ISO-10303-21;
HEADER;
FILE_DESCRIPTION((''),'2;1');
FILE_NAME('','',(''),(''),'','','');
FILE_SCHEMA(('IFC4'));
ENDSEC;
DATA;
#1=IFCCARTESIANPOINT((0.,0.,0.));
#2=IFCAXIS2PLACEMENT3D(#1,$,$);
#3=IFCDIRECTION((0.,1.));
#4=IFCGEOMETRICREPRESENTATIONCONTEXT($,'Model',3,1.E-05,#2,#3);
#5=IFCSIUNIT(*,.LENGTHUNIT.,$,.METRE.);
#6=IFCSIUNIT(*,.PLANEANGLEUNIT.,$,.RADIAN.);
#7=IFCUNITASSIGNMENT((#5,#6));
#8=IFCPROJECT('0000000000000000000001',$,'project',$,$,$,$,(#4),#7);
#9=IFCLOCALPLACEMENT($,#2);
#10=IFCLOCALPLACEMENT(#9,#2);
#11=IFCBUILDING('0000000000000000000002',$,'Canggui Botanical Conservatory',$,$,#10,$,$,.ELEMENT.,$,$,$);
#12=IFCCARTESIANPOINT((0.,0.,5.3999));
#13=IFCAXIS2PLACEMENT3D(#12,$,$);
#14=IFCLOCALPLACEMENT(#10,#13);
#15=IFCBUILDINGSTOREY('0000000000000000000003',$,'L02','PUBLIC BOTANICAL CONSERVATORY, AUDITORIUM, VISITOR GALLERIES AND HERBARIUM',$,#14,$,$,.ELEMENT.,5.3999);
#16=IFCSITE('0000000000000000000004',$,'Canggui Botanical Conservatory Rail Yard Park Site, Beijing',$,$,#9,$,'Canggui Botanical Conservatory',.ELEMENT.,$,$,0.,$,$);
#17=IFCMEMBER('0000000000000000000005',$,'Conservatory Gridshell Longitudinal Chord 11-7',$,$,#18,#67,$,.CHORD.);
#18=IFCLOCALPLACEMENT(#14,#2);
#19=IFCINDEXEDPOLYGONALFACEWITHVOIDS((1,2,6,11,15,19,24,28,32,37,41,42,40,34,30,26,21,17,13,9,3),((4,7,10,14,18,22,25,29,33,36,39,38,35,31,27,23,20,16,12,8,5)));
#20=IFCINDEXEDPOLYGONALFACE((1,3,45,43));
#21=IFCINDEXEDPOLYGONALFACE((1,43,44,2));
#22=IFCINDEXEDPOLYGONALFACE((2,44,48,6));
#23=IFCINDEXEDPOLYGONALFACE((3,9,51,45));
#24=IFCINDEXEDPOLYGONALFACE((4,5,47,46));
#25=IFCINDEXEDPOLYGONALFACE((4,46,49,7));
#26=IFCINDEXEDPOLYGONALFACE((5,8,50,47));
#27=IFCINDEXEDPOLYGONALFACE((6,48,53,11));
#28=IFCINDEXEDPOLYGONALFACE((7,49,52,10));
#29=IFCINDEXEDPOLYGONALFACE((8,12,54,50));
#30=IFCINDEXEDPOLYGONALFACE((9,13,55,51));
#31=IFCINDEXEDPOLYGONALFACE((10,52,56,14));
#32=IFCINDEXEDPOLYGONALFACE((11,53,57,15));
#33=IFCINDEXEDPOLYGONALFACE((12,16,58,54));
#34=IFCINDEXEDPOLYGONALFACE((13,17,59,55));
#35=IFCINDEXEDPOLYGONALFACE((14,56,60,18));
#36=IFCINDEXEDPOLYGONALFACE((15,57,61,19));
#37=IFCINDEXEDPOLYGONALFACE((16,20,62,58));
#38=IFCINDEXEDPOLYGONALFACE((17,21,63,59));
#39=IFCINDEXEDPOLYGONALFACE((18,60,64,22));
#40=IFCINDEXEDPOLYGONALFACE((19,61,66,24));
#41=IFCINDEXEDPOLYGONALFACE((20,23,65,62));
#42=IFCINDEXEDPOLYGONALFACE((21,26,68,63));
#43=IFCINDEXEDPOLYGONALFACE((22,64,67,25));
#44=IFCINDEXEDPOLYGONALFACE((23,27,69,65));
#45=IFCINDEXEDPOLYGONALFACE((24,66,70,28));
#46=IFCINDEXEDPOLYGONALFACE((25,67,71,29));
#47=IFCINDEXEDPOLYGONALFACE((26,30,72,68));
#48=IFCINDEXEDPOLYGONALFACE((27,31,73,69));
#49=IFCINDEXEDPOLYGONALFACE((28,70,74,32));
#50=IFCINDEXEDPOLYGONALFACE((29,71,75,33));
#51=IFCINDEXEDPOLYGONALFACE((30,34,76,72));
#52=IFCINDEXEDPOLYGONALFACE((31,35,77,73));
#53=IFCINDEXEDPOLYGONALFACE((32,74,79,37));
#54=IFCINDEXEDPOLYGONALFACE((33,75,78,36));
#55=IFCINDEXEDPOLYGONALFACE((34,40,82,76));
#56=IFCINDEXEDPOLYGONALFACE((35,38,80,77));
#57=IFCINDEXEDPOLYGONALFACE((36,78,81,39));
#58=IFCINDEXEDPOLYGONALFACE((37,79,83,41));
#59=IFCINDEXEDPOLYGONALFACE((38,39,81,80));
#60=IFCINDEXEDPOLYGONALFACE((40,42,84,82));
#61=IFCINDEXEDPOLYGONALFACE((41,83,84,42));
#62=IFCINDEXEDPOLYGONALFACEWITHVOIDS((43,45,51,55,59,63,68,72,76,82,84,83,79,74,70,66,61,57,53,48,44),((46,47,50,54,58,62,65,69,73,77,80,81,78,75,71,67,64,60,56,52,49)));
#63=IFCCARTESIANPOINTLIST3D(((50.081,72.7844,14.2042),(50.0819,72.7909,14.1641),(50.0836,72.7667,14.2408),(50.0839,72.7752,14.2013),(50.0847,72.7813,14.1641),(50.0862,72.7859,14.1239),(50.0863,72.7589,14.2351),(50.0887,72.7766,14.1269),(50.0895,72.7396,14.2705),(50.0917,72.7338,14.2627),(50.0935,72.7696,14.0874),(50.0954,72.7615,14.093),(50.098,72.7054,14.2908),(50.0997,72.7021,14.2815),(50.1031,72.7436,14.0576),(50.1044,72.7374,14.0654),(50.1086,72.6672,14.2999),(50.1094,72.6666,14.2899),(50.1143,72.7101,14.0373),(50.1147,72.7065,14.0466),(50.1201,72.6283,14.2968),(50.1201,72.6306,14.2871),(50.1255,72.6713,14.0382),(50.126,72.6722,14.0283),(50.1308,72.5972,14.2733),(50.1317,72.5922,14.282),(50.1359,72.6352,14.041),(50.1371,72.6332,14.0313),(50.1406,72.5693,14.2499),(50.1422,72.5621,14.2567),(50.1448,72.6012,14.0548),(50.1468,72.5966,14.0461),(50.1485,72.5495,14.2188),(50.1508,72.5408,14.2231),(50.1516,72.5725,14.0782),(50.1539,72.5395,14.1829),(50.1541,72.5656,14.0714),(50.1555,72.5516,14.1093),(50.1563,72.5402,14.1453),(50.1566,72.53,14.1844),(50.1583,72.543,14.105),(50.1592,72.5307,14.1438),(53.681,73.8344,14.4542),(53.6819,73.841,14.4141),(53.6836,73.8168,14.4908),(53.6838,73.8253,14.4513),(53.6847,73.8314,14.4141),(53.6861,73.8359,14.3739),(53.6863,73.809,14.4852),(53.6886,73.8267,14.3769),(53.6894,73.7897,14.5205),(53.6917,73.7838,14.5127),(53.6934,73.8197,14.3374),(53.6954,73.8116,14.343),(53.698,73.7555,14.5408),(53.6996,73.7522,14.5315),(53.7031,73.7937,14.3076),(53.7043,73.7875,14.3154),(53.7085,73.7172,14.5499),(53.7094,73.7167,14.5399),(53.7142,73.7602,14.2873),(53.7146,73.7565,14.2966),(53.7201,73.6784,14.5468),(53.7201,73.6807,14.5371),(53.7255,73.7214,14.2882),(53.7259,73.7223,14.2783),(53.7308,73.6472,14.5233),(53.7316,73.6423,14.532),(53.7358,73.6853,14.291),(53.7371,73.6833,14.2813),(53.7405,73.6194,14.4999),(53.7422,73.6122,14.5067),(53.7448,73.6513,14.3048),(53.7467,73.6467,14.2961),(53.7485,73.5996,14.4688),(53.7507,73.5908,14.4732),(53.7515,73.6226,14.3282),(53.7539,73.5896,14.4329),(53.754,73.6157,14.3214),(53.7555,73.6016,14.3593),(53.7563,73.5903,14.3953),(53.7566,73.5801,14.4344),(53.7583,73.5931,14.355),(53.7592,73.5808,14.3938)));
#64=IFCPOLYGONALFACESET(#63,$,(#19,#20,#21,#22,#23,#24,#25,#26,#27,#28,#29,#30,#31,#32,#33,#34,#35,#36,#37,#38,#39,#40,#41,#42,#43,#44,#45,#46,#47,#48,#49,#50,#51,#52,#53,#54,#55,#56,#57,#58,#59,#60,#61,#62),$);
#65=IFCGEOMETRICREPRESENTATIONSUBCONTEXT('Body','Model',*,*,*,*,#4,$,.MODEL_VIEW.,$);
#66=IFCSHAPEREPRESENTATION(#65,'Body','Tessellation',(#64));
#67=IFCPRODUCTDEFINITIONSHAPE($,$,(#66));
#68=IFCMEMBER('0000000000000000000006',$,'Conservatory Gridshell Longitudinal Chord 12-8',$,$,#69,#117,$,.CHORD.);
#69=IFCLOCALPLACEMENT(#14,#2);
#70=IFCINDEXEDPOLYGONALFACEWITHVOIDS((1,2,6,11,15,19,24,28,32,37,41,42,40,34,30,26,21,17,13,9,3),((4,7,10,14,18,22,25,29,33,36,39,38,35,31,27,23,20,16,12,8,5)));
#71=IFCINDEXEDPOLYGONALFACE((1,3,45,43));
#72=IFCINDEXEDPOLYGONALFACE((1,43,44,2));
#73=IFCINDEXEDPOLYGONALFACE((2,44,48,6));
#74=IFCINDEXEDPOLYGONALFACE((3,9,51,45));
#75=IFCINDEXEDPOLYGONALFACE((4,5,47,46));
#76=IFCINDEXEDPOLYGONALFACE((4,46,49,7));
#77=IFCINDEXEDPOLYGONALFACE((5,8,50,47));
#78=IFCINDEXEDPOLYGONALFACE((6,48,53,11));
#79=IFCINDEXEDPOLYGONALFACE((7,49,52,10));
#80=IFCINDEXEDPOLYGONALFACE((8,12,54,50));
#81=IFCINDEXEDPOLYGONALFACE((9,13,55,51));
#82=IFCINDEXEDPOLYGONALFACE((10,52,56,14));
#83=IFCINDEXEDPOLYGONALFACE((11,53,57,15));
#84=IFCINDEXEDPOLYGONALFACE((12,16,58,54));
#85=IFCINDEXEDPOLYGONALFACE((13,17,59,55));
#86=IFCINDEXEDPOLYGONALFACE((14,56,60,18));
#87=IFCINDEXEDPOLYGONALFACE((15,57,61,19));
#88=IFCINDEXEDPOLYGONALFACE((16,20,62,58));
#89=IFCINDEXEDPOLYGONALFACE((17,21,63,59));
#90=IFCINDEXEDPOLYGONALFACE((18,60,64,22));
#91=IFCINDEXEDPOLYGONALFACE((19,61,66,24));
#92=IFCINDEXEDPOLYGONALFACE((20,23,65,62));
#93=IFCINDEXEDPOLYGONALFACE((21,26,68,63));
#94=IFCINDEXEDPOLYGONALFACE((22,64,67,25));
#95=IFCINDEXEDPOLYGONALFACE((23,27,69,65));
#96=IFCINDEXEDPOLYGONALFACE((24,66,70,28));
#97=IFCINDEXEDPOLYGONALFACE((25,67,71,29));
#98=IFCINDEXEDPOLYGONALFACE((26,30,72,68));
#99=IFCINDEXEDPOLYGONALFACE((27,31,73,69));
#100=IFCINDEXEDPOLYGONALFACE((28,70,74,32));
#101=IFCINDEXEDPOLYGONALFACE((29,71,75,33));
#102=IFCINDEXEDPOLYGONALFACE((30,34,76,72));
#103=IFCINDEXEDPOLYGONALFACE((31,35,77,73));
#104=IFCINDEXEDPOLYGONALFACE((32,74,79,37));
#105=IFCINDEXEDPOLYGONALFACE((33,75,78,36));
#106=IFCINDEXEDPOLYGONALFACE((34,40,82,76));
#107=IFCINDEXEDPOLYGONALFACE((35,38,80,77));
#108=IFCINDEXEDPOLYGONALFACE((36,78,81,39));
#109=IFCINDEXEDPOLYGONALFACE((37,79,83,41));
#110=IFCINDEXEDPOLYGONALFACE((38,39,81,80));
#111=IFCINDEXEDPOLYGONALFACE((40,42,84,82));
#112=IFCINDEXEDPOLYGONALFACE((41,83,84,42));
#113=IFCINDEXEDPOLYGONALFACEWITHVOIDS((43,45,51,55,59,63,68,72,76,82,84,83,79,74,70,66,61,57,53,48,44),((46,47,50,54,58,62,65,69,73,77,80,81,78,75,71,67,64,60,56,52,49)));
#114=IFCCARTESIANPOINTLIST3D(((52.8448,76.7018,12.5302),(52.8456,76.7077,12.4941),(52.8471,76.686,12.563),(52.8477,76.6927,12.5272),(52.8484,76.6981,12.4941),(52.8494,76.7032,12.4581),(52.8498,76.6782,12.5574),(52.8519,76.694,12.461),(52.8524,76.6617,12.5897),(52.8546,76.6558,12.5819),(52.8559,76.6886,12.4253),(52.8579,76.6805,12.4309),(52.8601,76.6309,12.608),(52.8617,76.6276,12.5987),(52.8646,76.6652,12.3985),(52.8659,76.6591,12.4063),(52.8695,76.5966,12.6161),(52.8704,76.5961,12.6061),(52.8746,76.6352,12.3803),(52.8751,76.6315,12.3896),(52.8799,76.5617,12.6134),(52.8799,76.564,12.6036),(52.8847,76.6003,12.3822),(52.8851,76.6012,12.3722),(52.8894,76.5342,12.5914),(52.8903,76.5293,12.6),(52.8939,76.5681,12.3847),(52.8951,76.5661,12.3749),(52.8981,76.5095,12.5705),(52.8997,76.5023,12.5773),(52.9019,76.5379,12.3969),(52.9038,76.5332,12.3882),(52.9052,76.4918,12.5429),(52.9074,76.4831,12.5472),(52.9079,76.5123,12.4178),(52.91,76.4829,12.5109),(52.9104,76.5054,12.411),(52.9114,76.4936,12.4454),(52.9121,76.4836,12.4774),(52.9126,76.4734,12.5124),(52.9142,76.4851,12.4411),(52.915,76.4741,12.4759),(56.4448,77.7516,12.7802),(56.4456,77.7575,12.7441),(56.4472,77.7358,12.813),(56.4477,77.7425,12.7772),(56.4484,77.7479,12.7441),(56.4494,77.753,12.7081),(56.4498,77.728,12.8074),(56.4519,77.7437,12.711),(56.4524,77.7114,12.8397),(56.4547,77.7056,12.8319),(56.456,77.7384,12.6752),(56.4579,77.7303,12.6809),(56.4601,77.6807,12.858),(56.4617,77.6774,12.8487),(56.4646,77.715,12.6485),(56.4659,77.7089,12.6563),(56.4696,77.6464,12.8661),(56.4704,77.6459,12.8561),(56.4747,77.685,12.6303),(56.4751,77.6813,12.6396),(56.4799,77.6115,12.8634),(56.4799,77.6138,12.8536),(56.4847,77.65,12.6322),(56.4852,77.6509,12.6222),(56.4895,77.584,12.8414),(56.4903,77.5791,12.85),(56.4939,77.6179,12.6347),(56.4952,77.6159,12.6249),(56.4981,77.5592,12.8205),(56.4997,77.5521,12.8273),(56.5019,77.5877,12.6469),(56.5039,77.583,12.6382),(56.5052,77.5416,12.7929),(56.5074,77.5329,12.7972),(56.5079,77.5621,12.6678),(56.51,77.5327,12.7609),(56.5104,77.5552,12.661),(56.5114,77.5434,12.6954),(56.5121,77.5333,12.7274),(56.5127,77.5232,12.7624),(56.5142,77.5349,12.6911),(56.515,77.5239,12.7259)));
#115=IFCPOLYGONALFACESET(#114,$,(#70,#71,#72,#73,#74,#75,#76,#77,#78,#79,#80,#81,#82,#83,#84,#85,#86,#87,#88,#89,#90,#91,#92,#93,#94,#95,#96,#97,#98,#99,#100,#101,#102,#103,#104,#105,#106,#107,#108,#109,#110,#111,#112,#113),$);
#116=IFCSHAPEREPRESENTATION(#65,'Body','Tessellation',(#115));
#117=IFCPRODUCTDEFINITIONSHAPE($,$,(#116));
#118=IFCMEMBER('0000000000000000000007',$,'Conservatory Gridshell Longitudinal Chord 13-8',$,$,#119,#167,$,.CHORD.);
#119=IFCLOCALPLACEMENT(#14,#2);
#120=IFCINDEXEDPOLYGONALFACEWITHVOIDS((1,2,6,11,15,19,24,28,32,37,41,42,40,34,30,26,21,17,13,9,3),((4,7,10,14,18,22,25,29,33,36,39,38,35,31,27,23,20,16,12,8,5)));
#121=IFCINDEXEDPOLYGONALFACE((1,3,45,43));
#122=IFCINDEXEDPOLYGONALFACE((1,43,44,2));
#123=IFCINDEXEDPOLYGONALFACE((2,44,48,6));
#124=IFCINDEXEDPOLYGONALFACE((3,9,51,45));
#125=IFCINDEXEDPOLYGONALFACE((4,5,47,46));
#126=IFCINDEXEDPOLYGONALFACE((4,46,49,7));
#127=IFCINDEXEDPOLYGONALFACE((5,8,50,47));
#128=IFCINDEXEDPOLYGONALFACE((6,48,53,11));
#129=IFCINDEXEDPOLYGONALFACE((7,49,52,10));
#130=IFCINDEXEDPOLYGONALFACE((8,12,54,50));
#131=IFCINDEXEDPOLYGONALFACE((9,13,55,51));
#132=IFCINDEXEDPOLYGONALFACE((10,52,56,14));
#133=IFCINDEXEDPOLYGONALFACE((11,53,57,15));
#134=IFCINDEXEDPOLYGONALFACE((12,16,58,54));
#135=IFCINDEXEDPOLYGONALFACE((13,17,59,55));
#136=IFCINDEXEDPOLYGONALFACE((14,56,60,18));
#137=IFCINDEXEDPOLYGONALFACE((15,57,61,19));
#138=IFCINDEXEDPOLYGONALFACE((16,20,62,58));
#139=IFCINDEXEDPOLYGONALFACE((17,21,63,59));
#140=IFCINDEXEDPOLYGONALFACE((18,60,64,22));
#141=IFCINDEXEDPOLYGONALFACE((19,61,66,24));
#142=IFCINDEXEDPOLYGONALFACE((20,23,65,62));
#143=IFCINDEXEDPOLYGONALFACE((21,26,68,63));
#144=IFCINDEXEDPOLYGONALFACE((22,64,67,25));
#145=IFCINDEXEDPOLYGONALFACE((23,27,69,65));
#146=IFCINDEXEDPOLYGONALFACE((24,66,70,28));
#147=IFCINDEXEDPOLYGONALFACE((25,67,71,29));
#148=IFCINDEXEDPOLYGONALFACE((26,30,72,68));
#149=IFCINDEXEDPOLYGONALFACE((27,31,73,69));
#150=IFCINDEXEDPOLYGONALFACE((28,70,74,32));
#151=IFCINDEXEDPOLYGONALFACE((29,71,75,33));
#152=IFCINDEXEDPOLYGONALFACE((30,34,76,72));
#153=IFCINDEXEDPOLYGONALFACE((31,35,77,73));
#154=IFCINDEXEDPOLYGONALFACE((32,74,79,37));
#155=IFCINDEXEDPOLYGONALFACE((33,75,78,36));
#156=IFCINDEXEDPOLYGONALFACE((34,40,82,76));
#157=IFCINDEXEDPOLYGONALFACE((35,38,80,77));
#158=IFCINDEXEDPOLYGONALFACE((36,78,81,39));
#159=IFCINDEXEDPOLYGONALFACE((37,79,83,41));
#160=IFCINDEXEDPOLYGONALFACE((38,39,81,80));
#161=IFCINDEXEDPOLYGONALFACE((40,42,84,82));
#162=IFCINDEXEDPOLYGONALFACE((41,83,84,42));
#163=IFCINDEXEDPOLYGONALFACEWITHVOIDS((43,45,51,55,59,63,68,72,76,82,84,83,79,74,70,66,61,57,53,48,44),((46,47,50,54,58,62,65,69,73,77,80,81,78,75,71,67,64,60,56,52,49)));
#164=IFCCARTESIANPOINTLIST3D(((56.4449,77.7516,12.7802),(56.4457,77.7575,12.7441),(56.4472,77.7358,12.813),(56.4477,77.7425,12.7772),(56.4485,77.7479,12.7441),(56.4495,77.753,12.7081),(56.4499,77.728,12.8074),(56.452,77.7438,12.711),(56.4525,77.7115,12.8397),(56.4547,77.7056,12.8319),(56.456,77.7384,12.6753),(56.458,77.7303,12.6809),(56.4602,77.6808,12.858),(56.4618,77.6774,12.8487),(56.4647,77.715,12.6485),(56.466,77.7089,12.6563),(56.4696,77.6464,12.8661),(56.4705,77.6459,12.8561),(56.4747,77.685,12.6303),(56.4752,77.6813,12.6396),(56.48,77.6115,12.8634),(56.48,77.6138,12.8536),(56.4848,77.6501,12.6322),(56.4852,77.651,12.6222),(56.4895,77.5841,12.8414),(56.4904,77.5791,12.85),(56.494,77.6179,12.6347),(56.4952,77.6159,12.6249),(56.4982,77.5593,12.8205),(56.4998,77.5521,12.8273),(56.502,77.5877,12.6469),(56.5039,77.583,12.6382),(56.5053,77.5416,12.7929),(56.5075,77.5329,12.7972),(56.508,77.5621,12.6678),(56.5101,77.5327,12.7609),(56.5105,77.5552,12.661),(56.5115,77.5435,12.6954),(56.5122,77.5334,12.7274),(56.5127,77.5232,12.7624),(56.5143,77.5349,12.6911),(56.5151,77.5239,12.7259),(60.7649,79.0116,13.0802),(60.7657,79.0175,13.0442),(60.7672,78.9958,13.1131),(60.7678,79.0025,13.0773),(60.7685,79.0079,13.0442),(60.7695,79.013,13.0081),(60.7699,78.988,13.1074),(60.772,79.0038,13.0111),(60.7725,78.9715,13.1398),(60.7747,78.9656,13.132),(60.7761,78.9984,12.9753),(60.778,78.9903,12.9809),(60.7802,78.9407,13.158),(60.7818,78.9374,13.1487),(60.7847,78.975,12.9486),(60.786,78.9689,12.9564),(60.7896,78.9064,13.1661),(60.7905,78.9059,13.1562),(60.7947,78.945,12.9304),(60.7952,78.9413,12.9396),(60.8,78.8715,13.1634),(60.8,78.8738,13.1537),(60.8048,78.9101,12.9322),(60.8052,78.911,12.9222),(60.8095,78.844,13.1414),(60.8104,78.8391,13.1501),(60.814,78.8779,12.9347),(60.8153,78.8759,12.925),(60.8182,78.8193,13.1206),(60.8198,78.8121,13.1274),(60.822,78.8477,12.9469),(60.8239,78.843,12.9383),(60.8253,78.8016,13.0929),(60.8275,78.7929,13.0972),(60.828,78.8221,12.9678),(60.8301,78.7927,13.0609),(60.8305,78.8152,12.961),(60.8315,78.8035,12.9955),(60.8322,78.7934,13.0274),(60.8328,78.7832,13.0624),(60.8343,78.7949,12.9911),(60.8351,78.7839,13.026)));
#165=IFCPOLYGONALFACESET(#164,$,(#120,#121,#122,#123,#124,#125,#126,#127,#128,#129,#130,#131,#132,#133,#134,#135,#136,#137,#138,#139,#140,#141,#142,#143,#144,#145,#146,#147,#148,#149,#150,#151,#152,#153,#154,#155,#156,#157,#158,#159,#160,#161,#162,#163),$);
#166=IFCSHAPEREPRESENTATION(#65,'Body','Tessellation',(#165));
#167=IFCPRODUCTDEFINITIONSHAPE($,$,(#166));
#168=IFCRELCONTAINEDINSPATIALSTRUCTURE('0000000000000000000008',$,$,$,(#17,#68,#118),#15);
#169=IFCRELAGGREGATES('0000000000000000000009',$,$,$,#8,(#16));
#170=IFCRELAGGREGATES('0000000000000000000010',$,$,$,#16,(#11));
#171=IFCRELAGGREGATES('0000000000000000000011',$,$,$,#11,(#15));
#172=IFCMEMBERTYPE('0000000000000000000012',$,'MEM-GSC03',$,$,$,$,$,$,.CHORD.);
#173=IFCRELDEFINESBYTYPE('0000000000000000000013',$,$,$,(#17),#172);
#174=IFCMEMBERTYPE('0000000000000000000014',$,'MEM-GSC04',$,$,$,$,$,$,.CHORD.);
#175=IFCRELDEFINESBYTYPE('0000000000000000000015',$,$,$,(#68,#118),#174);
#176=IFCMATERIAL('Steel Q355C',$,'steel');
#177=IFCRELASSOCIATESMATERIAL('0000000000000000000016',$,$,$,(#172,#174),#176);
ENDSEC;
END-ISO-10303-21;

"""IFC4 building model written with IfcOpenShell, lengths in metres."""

from ifc_helpers import new_model, si_unit, direction, frame, origin, origin_2d, place, context, subcontext, project, spatial, hollow_circle, extrude, material, material_profile, profile_set, type_object, element, save


model = new_model("IFC4")

# Units and contexts
model_context = context("Model", 3, precision=1e-05, world=origin(), true_north=direction((0.0, 1.0)))
body_context = subcontext(model_context, "Body", "Model", "MODEL_VIEW")
ifc_project = project(units=[si_unit("LENGTHUNIT", "METRE"), si_unit("PLANEANGLEUNIT", "RADIAN")], contexts=[model_context])

# Site, building, storey
site_placement = place(None, origin())
site = spatial("IfcSite", under=ifc_project, at=site_placement, Name="Canggui Botanical Conservatory Rail Yard Park Site, Beijing", LongName="Canggui Botanical Conservatory", CompositionType="ELEMENT", RefElevation=0.0)
building_placement = place(site_placement, origin())
building = spatial("IfcBuilding", under=site, at=building_placement, Name="Canggui Botanical Conservatory", CompositionType="ELEMENT")
storey_placement = place(building_placement, frame((0.0, 0.0, 5.3999)))
storey = spatial("IfcBuildingStorey", under=building, at=storey_placement, Name="L02", Description="PUBLIC BOTANICAL CONSERVATORY, AUDITORIUM, VISITOR GALLERIES AND HERBARIUM", CompositionType="ELEMENT", Elevation=5.3999)

# Shared definitions
ifc_material_1 = material(Name="Steel Q355C", Category="steel")

# Members
ifc_material_profile_1 = material_profile(ifc_material_1, hollow_circle(Radius=0.1365, WallThickness=0.01, at=origin_2d()), Name="CHS 273x10")
ifc_profile_set_1 = profile_set([ifc_material_profile_1], Name="Steel Q355C")
member_type_1 = type_object("IfcMemberType", Name="MEM-GSC03", PredefinedType="CHORD", material=ifc_profile_set_1)
member_1_placement = place(storey_placement, frame((50.1201, 72.6599, 14.1641), z_axis=(0.957867, 0.279402, 0.066521), x_axis=(-0.280023, 0.959993, 0.0)))
element("IfcMember", 1, at=member_1_placement, inside=storey, type_object=member_type_1, Name="Conservatory Gridshell Longitudinal Chord 11-7", PredefinedType="CHORD", context=body_context, shape_type="SweptSolid", body=[
    extrude(hollow_circle(Radius=0.1365, WallThickness=0.01, at=origin_2d()), origin(), (0.0, 0.0, 1.0), 3.7583),
])
ifc_material_profile_2 = material_profile(ifc_material_1, hollow_circle(Radius=0.1226, WallThickness=0.01, at=origin_2d()), Name="CHS 245x10")
ifc_profile_set_2 = profile_set([ifc_material_profile_2], Name="Steel Q355C")
member_type_2 = type_object("IfcMemberType", Name="MEM-GSC04", PredefinedType="CHORD", material=ifc_profile_set_2)
member_2_placement = place(storey_placement, frame((52.8799, 76.5901, 12.4941), z_axis=(0.95789, 0.279325, 0.066518), x_axis=(-0.279945, 0.960016, 0.0)))
element("IfcMember", 2, at=member_2_placement, inside=storey, type_object=member_type_2, Name="Conservatory Gridshell Longitudinal Chord 12-8", PredefinedType="CHORD", context=body_context, shape_type="SweptSolid", body=[
    extrude(hollow_circle(Radius=0.1226, WallThickness=0.01, at=origin_2d()), origin(), (0.0, 0.0, 1.0), 3.7583),
])
for number, where, z_axis, x_axis, name in (
    (3, (56.48, 77.6399, 12.7441), (0.957874, 0.279378, 0.066529), (-0.279998, 0.960001, 0.0), "Conservatory Gridshell Longitudinal Chord 13-8"),
):
    element("IfcMember", number, at=place(storey_placement, frame(where, z_axis=z_axis, x_axis=x_axis)), inside=storey, type_object=member_type_2, Name=name, PredefinedType="CHORD", context=body_context, shape_type="SweptSolid", body=[
        extrude(hollow_circle(Radius=0.1226, WallThickness=0.01, at=origin_2d()), origin(), (0.0, 0.0, 1.0), 4.51),
    ])

save(model, "model.ifc")
